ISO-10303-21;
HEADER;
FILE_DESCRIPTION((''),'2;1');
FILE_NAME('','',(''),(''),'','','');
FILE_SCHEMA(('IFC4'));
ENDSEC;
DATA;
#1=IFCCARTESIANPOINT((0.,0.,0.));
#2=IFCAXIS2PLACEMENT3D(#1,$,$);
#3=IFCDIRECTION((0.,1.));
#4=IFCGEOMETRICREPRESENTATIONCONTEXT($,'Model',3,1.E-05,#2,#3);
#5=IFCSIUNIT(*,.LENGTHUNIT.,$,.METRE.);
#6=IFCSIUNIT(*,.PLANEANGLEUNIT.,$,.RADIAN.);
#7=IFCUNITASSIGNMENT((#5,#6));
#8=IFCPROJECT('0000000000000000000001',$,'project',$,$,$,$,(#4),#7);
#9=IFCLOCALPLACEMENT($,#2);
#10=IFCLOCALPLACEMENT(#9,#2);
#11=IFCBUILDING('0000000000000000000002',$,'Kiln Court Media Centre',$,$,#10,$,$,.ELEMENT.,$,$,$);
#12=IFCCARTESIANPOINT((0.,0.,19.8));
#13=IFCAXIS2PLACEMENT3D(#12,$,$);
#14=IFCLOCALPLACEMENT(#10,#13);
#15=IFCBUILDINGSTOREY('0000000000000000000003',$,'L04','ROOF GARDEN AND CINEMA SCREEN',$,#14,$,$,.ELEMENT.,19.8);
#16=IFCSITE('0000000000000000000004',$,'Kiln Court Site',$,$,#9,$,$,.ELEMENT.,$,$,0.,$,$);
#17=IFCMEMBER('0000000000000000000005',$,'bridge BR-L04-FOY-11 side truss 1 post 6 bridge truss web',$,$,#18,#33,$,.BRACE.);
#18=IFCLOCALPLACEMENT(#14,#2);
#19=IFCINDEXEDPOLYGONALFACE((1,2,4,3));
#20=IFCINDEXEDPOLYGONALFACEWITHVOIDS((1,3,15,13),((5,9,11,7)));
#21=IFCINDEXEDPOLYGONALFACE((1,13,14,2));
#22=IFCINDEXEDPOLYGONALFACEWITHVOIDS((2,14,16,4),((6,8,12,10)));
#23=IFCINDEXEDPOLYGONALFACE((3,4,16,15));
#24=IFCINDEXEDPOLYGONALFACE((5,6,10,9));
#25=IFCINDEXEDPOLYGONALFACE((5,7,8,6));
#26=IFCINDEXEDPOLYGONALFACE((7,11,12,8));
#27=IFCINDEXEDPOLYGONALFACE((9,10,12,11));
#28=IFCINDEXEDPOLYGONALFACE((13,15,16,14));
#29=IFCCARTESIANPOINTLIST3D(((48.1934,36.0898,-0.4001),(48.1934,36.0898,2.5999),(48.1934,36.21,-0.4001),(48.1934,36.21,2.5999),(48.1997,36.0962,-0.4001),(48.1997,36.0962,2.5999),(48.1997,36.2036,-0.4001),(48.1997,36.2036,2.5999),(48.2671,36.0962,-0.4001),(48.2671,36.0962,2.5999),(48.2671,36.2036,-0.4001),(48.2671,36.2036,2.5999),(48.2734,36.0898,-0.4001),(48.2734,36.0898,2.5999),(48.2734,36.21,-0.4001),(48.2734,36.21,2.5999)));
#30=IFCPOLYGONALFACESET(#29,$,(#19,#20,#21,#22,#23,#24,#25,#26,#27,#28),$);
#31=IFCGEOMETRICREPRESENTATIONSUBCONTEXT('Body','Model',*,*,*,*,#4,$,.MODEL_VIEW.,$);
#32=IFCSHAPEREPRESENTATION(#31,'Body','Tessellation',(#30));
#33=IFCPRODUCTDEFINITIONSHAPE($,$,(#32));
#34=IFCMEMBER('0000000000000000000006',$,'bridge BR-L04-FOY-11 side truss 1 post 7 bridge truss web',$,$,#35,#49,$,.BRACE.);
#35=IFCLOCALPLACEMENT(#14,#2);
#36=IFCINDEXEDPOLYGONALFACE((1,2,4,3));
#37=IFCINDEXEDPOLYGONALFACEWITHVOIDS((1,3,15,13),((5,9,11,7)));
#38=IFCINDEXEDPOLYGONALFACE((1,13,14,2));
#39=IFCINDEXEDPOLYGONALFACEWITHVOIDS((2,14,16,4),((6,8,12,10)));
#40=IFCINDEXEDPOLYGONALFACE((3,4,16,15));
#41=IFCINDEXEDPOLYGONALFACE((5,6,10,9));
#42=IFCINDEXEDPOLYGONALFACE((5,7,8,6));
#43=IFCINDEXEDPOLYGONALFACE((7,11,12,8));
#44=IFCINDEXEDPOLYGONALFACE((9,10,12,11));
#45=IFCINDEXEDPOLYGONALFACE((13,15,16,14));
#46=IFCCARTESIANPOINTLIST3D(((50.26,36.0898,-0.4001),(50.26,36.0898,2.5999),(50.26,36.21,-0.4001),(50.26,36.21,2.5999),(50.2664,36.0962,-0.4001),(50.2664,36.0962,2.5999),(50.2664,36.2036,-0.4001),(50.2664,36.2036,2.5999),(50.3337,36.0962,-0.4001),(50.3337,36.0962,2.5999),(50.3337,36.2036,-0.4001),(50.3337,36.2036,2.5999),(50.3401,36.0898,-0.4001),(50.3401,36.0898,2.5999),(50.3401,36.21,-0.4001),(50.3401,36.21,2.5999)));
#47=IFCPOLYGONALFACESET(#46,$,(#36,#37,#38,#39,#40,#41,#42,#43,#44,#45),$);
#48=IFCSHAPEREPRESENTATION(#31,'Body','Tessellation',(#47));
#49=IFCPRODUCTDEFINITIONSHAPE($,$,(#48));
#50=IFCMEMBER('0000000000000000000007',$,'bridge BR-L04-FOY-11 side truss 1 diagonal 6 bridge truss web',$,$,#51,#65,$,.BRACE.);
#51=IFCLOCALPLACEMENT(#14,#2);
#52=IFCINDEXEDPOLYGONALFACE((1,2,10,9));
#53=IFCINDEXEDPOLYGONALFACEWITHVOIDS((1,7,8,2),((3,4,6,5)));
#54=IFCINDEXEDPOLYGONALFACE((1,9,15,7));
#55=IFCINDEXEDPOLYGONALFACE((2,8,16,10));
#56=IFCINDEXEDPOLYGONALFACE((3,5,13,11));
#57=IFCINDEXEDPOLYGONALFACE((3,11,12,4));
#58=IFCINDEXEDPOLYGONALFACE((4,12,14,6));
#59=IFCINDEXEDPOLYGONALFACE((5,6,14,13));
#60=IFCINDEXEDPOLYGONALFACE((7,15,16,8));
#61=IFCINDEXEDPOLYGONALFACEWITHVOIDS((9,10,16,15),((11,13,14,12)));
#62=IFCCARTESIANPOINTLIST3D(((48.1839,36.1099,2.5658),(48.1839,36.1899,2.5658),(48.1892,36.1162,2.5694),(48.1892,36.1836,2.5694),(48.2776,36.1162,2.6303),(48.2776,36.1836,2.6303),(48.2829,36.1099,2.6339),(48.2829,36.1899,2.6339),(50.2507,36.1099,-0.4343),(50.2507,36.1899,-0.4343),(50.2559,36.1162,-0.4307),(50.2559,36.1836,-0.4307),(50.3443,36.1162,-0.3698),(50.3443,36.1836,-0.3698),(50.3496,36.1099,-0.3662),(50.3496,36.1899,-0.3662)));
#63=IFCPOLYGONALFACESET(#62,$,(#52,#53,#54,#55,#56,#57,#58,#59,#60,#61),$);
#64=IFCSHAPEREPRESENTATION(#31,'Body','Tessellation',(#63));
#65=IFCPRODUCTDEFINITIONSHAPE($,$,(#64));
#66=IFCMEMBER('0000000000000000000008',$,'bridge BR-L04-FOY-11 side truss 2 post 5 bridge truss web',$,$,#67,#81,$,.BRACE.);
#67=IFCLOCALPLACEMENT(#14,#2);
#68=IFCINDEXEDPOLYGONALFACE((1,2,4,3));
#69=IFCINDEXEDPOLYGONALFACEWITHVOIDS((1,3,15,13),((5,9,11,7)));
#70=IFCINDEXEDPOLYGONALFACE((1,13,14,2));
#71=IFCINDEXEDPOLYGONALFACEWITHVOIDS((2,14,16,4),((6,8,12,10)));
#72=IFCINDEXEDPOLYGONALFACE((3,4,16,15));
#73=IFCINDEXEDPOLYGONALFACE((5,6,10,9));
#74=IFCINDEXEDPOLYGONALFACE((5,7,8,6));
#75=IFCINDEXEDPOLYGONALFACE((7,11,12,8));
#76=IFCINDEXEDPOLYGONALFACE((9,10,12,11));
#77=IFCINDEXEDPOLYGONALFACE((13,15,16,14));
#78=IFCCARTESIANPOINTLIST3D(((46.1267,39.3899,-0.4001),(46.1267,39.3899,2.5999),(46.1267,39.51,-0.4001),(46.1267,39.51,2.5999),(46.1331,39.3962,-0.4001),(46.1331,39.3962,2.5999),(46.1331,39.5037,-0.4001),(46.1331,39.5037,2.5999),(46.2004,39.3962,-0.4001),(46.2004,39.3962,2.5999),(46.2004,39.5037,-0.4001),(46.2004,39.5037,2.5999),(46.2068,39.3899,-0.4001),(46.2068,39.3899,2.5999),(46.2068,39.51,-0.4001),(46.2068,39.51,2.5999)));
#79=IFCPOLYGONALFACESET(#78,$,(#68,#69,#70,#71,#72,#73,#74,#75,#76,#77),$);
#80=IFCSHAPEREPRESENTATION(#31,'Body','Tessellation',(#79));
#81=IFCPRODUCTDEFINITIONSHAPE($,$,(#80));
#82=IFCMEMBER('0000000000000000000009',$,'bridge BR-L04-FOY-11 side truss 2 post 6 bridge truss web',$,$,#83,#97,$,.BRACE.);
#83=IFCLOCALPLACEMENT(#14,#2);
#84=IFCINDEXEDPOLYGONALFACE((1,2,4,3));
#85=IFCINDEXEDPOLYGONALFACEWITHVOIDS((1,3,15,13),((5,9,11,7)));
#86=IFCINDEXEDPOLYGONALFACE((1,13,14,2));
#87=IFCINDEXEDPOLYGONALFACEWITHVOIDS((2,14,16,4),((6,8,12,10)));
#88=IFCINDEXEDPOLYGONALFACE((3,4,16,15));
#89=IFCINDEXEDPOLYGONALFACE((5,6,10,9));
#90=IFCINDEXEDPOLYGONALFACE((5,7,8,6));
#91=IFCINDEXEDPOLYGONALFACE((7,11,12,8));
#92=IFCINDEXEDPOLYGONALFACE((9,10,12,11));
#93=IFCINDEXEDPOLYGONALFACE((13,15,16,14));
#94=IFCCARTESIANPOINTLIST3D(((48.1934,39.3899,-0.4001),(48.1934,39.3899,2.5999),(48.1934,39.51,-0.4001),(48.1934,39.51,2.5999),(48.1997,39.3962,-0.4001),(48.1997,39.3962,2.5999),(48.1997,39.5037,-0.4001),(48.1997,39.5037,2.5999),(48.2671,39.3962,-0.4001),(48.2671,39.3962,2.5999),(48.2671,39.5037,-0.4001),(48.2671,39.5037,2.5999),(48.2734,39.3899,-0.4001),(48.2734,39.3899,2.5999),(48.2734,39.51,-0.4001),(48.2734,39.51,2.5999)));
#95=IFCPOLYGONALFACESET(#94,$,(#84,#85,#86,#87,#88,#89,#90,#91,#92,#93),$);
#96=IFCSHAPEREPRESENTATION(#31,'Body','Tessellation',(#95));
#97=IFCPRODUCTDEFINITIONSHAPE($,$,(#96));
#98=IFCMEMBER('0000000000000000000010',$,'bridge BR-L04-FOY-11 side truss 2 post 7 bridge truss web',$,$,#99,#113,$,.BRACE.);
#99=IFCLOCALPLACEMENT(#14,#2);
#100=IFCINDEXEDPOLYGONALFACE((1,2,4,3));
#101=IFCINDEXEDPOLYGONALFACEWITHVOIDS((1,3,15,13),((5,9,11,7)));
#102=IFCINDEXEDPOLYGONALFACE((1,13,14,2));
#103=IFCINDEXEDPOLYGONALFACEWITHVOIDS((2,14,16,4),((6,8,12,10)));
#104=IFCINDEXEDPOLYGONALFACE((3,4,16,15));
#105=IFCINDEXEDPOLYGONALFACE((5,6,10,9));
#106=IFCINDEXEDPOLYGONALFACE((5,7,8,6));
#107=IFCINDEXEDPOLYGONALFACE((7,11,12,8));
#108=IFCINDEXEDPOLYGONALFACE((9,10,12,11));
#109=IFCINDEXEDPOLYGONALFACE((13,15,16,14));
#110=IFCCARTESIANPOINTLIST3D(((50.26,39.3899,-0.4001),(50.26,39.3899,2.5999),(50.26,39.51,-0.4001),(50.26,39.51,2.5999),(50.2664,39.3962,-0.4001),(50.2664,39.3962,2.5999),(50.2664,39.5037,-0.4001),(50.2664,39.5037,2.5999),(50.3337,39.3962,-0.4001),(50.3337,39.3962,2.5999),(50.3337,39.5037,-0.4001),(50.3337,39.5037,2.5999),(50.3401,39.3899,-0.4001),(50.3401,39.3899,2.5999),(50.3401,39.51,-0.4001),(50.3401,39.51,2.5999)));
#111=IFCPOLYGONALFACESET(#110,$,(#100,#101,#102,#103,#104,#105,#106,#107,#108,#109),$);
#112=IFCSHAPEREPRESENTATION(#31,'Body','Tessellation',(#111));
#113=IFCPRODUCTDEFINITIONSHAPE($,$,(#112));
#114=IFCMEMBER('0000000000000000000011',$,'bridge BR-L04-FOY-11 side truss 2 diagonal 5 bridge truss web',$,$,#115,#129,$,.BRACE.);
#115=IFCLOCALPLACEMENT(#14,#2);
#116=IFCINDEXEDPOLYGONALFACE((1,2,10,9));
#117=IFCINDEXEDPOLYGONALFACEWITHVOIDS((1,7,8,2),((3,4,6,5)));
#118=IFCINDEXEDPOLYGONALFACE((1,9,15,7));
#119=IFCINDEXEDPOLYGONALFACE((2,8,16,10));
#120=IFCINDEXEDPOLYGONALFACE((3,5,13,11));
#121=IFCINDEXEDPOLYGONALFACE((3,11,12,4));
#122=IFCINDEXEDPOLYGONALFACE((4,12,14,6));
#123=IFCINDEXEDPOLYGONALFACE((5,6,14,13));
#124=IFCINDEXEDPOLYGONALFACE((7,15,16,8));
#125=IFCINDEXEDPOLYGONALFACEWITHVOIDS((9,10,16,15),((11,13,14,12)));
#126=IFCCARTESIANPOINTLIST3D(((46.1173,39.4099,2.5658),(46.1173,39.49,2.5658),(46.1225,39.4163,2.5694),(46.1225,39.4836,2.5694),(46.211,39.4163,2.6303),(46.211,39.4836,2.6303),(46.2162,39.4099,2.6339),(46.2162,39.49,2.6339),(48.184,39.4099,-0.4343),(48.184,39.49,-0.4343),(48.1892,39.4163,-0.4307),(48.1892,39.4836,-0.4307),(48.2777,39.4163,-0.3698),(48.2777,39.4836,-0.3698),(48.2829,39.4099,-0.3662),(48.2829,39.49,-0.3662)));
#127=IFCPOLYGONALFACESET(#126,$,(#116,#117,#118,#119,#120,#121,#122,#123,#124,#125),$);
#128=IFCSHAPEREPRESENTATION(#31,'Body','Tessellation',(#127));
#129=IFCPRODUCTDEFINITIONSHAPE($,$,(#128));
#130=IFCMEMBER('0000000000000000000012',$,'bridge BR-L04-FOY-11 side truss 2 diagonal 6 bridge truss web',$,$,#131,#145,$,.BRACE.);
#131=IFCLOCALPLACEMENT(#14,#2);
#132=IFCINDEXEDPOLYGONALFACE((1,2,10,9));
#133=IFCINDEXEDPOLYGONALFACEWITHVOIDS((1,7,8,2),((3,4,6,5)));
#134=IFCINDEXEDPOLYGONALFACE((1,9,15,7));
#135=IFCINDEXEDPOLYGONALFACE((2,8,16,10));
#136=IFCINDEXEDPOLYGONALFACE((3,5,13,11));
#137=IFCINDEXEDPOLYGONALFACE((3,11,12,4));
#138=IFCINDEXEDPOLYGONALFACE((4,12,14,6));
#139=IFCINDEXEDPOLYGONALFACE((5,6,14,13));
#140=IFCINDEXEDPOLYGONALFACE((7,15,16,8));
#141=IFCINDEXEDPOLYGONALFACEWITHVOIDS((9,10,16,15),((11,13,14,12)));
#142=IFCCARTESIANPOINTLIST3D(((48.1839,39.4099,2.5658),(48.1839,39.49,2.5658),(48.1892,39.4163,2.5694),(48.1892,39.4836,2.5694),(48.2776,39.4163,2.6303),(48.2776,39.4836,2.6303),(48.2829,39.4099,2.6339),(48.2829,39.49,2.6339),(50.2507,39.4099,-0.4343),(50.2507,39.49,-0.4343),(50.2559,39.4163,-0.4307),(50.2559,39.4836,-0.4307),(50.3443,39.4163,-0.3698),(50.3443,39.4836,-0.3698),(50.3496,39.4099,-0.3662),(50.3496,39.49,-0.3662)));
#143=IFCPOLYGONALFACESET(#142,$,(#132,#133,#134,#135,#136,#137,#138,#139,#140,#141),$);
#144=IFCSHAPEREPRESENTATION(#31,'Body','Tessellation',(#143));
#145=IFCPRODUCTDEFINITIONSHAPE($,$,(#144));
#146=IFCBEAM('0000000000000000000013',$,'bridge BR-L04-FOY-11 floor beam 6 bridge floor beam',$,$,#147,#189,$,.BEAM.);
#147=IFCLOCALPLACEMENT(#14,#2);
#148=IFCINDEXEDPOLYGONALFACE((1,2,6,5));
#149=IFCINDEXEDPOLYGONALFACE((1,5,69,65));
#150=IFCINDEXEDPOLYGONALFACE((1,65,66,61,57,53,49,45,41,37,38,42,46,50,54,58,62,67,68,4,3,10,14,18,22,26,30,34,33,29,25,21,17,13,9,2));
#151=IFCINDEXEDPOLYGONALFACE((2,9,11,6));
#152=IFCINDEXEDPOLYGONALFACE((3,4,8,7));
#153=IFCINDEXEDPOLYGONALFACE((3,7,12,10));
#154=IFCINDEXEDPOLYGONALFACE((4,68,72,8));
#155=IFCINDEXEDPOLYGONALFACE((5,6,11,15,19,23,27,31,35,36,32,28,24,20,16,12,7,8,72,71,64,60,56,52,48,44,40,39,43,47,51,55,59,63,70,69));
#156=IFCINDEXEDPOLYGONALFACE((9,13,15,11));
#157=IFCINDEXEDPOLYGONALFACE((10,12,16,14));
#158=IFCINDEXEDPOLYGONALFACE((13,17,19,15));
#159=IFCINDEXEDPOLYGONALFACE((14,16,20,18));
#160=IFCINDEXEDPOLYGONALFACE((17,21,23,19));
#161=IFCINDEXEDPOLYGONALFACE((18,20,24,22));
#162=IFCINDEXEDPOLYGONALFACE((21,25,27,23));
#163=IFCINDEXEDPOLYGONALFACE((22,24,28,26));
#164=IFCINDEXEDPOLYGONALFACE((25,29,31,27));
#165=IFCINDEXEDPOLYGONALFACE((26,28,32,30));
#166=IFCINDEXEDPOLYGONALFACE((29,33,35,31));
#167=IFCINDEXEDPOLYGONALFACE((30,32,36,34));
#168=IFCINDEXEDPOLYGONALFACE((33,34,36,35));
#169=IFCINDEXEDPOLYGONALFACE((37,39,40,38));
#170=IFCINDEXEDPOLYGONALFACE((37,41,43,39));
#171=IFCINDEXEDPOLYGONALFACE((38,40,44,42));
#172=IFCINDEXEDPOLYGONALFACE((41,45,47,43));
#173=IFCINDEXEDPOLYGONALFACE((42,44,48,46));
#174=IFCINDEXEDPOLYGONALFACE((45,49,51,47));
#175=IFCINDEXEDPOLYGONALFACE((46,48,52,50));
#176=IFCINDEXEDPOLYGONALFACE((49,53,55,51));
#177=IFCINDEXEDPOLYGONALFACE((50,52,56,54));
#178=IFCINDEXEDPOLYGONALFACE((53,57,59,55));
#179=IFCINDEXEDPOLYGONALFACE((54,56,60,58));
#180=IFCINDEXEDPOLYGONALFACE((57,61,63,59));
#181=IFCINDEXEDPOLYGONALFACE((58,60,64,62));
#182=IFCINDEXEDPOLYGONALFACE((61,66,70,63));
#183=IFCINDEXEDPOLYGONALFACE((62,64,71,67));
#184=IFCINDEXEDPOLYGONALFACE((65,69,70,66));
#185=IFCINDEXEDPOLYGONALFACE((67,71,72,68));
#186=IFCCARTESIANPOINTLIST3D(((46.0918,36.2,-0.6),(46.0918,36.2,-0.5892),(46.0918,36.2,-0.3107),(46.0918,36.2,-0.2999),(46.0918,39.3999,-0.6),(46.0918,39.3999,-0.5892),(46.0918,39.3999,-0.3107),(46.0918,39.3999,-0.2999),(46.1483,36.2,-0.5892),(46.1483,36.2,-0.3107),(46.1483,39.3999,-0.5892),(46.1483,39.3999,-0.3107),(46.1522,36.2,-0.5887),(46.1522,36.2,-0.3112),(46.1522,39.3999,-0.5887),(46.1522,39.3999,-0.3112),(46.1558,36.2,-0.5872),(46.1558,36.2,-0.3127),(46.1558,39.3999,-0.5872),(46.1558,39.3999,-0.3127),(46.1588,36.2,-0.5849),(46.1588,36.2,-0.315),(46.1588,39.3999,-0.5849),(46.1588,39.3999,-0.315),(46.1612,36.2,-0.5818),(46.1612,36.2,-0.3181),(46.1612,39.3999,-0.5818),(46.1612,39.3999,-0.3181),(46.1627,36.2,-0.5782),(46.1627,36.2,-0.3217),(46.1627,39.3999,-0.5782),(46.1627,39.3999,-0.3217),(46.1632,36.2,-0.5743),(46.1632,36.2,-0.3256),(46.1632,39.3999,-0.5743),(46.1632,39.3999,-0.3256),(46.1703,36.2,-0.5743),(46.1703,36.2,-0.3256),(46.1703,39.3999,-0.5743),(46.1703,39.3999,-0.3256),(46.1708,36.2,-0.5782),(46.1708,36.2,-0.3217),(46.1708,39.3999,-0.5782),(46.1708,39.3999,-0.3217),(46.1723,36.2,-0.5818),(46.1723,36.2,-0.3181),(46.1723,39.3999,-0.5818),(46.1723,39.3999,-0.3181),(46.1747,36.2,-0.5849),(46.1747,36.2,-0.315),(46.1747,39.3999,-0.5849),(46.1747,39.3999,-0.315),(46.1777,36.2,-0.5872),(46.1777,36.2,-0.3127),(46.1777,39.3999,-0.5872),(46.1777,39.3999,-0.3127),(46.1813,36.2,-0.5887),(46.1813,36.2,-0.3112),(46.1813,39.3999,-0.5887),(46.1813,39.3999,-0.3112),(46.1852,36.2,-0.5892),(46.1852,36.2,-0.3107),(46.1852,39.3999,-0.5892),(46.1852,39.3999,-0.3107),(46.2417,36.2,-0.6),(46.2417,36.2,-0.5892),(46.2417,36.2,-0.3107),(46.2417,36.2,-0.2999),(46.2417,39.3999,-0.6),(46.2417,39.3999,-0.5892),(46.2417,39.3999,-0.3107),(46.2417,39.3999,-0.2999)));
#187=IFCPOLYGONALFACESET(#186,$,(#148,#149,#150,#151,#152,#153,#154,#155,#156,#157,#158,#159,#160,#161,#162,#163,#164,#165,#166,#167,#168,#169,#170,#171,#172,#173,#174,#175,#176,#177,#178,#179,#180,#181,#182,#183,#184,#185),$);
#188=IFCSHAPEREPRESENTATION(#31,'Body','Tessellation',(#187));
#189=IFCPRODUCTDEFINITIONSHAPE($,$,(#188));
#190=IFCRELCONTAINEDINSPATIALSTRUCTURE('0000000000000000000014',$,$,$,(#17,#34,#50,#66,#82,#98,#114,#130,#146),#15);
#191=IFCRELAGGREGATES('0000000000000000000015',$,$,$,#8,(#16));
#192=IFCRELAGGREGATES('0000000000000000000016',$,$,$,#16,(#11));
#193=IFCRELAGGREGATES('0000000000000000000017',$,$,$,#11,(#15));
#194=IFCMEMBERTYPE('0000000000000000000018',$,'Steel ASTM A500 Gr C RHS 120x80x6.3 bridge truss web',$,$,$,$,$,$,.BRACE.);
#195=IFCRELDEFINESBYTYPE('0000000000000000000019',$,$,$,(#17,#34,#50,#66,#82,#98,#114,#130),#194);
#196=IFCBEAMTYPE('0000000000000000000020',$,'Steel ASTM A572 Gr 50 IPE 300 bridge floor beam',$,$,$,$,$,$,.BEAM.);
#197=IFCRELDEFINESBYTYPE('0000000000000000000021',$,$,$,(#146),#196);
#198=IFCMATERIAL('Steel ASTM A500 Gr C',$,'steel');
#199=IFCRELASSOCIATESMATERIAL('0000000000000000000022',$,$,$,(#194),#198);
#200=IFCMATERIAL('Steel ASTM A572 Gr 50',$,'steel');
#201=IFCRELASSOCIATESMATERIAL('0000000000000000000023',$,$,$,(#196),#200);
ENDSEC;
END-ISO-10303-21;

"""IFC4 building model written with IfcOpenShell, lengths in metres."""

from ifc_helpers import new_model, si_unit, direction, frame, origin, origin_2d, place, context, subcontext, project, spatial, hollow_rectangle, i_section, extrude, material, material_profile, profile_set, type_object, element, save


model = new_model("IFC4")

# Units and contexts
model_context = context("Model", 3, precision=1e-05, world=origin(), true_north=direction((0.0, 1.0)))
body_context = subcontext(model_context, "Body", "Model", "MODEL_VIEW")
ifc_project = project(units=[si_unit("LENGTHUNIT", "METRE"), si_unit("PLANEANGLEUNIT", "RADIAN")], contexts=[model_context])

# Site, building, storey
site_placement = place(None, origin())
site = spatial("IfcSite", under=ifc_project, at=site_placement, Name="Kiln Court Site", CompositionType="ELEMENT", RefElevation=0.0)
building_placement = place(site_placement, origin())
building = spatial("IfcBuilding", under=site, at=building_placement, Name="Kiln Court Media Centre", CompositionType="ELEMENT")
storey_placement = place(building_placement, frame((0.0, 0.0, 19.8)))
storey = spatial("IfcBuildingStorey", under=building, at=storey_placement, Name="L04", Description="ROOF GARDEN AND CINEMA SCREEN", CompositionType="ELEMENT", Elevation=19.8)

# Members
ifc_material_1 = material(Name="Steel ASTM A500 Gr C", Category="steel")
ifc_material_profile_1 = material_profile(ifc_material_1, hollow_rectangle(XDim=0.0801, YDim=0.1201, WallThickness=0.0063, at=origin_2d()), Name="RHS 120x80x6.3")
ifc_profile_set_1 = profile_set([ifc_material_profile_1], Name="Steel ASTM A500 Gr C")
member_type = type_object("IfcMemberType", Name="Steel ASTM A500 Gr C RHS 120x80x6.3 bridge truss web", PredefinedType="BRACE", material=ifc_profile_set_1)
for number, where, z_axis, x_axis, name in (
    (1, (48.2334, 36.1499, -0.4001), (0.0, 0.0, 1.0), (1.0, 0.0, 0.0), "bridge BR-L04-FOY-11 side truss 1 post 6 bridge truss web"),
    (2, (50.3, 36.1499, -0.4001), (0.0, 0.0, 1.0), (1.0, 0.0, 0.0), "bridge BR-L04-FOY-11 side truss 1 post 7 bridge truss web"),
):
    element("IfcMember", number, at=place(storey_placement, frame(where, z_axis=z_axis, x_axis=x_axis)), inside=storey, type_object=member_type, Name=name, PredefinedType="BRACE", context=body_context, shape_type="SweptSolid", body=[
        extrude(hollow_rectangle(XDim=0.0801, YDim=0.1201, WallThickness=0.0063, at=origin_2d()), origin(), (0.0, 0.0, 1.0), 3.0),
    ])
member_placement = place(storey_placement, frame((48.2334, 36.1499, 2.5999), z_axis=(0.567302, 0.0, -0.82351), x_axis=(0.0, 1.0, 0.0)))
element("IfcMember", 3, at=member_placement, inside=storey, type_object=member_type, Name="bridge BR-L04-FOY-11 side truss 1 diagonal 6 bridge truss web", PredefinedType="BRACE", context=body_context, shape_type="SweptSolid", body=[
    extrude(hollow_rectangle(XDim=0.0801, YDim=0.1201, WallThickness=0.0063, at=origin_2d()), origin(), (0.0, 0.0, 1.0), 3.6431),
])
for number, where, z_axis, x_axis, name in (
    (4, (46.1667, 39.45, -0.4001), (0.0, 0.0, 1.0), (1.0, 0.0, 0.0), "bridge BR-L04-FOY-11 side truss 2 post 5 bridge truss web"),
    (5, (48.2334, 39.45, -0.4001), (0.0, 0.0, 1.0), (1.0, 0.0, 0.0), "bridge BR-L04-FOY-11 side truss 2 post 6 bridge truss web"),
    (6, (50.3, 39.45, -0.4001), (0.0, 0.0, 1.0), (1.0, 0.0, 0.0), "bridge BR-L04-FOY-11 side truss 2 post 7 bridge truss web"),
):
    element("IfcMember", number, at=place(storey_placement, frame(where, z_axis=z_axis, x_axis=x_axis)), inside=storey, type_object=member_type, Name=name, PredefinedType="BRACE", context=body_context, shape_type="SweptSolid", body=[
        extrude(hollow_rectangle(XDim=0.0801, YDim=0.1201, WallThickness=0.0063, at=origin_2d()), origin(), (0.0, 0.0, 1.0), 3.0),
    ])
for number, where, z_axis, x_axis, name in (
    (7, (46.1667, 39.45, 2.5999), (0.567302, 0.0, -0.82351), (0.0, 1.0, 0.0), "bridge BR-L04-FOY-11 side truss 2 diagonal 5 bridge truss web"),
    (8, (48.2334, 39.45, 2.5999), (0.567302, 0.0, -0.82351), (0.0, 1.0, 0.0), "bridge BR-L04-FOY-11 side truss 2 diagonal 6 bridge truss web"),
):
    element("IfcMember", number, at=place(storey_placement, frame(where, z_axis=z_axis, x_axis=x_axis)), inside=storey, type_object=member_type, Name=name, PredefinedType="BRACE", context=body_context, shape_type="SweptSolid", body=[
        extrude(hollow_rectangle(XDim=0.0801, YDim=0.1201, WallThickness=0.0063, at=origin_2d()), origin(), (0.0, 0.0, 1.0), 3.6431),
    ])

# Beam
ifc_material_2 = material(Name="Steel ASTM A572 Gr 50", Category="steel")
ifc_material_profile_2 = material_profile(ifc_material_2, i_section(OverallWidth=0.1499, OverallDepth=0.3, WebThickness=0.0071, FlangeThickness=0.0107, FilletRadius=0.0149, at=origin_2d()), Name="IPE 300")
ifc_profile_set_2 = profile_set([ifc_material_profile_2], Name="Steel ASTM A572 Gr 50")
beam_type = type_object("IfcBeamType", Name="Steel ASTM A572 Gr 50 IPE 300 bridge floor beam", PredefinedType="BEAM", material=ifc_profile_set_2)
for number, where, z_axis, x_axis, name in (
    (9, (46.1667, 36.2, -0.45), (0.0, 1.0, 0.0), (-1.0, 0.0, 0.0), "bridge BR-L04-FOY-11 floor beam 6 bridge floor beam"),
):
    element("IfcBeam", number, at=place(storey_placement, frame(where, z_axis=z_axis, x_axis=x_axis)), inside=storey, type_object=beam_type, Name=name, PredefinedType="BEAM", context=body_context, shape_type="SweptSolid", body=[
        extrude(i_section(OverallWidth=0.1499, OverallDepth=0.3, WebThickness=0.0071, FlangeThickness=0.0107, FilletRadius=0.0149, at=origin_2d()), origin(), (0.0, 0.0, 1.0), 3.2),
    ])

save(model, "model.ifc")
